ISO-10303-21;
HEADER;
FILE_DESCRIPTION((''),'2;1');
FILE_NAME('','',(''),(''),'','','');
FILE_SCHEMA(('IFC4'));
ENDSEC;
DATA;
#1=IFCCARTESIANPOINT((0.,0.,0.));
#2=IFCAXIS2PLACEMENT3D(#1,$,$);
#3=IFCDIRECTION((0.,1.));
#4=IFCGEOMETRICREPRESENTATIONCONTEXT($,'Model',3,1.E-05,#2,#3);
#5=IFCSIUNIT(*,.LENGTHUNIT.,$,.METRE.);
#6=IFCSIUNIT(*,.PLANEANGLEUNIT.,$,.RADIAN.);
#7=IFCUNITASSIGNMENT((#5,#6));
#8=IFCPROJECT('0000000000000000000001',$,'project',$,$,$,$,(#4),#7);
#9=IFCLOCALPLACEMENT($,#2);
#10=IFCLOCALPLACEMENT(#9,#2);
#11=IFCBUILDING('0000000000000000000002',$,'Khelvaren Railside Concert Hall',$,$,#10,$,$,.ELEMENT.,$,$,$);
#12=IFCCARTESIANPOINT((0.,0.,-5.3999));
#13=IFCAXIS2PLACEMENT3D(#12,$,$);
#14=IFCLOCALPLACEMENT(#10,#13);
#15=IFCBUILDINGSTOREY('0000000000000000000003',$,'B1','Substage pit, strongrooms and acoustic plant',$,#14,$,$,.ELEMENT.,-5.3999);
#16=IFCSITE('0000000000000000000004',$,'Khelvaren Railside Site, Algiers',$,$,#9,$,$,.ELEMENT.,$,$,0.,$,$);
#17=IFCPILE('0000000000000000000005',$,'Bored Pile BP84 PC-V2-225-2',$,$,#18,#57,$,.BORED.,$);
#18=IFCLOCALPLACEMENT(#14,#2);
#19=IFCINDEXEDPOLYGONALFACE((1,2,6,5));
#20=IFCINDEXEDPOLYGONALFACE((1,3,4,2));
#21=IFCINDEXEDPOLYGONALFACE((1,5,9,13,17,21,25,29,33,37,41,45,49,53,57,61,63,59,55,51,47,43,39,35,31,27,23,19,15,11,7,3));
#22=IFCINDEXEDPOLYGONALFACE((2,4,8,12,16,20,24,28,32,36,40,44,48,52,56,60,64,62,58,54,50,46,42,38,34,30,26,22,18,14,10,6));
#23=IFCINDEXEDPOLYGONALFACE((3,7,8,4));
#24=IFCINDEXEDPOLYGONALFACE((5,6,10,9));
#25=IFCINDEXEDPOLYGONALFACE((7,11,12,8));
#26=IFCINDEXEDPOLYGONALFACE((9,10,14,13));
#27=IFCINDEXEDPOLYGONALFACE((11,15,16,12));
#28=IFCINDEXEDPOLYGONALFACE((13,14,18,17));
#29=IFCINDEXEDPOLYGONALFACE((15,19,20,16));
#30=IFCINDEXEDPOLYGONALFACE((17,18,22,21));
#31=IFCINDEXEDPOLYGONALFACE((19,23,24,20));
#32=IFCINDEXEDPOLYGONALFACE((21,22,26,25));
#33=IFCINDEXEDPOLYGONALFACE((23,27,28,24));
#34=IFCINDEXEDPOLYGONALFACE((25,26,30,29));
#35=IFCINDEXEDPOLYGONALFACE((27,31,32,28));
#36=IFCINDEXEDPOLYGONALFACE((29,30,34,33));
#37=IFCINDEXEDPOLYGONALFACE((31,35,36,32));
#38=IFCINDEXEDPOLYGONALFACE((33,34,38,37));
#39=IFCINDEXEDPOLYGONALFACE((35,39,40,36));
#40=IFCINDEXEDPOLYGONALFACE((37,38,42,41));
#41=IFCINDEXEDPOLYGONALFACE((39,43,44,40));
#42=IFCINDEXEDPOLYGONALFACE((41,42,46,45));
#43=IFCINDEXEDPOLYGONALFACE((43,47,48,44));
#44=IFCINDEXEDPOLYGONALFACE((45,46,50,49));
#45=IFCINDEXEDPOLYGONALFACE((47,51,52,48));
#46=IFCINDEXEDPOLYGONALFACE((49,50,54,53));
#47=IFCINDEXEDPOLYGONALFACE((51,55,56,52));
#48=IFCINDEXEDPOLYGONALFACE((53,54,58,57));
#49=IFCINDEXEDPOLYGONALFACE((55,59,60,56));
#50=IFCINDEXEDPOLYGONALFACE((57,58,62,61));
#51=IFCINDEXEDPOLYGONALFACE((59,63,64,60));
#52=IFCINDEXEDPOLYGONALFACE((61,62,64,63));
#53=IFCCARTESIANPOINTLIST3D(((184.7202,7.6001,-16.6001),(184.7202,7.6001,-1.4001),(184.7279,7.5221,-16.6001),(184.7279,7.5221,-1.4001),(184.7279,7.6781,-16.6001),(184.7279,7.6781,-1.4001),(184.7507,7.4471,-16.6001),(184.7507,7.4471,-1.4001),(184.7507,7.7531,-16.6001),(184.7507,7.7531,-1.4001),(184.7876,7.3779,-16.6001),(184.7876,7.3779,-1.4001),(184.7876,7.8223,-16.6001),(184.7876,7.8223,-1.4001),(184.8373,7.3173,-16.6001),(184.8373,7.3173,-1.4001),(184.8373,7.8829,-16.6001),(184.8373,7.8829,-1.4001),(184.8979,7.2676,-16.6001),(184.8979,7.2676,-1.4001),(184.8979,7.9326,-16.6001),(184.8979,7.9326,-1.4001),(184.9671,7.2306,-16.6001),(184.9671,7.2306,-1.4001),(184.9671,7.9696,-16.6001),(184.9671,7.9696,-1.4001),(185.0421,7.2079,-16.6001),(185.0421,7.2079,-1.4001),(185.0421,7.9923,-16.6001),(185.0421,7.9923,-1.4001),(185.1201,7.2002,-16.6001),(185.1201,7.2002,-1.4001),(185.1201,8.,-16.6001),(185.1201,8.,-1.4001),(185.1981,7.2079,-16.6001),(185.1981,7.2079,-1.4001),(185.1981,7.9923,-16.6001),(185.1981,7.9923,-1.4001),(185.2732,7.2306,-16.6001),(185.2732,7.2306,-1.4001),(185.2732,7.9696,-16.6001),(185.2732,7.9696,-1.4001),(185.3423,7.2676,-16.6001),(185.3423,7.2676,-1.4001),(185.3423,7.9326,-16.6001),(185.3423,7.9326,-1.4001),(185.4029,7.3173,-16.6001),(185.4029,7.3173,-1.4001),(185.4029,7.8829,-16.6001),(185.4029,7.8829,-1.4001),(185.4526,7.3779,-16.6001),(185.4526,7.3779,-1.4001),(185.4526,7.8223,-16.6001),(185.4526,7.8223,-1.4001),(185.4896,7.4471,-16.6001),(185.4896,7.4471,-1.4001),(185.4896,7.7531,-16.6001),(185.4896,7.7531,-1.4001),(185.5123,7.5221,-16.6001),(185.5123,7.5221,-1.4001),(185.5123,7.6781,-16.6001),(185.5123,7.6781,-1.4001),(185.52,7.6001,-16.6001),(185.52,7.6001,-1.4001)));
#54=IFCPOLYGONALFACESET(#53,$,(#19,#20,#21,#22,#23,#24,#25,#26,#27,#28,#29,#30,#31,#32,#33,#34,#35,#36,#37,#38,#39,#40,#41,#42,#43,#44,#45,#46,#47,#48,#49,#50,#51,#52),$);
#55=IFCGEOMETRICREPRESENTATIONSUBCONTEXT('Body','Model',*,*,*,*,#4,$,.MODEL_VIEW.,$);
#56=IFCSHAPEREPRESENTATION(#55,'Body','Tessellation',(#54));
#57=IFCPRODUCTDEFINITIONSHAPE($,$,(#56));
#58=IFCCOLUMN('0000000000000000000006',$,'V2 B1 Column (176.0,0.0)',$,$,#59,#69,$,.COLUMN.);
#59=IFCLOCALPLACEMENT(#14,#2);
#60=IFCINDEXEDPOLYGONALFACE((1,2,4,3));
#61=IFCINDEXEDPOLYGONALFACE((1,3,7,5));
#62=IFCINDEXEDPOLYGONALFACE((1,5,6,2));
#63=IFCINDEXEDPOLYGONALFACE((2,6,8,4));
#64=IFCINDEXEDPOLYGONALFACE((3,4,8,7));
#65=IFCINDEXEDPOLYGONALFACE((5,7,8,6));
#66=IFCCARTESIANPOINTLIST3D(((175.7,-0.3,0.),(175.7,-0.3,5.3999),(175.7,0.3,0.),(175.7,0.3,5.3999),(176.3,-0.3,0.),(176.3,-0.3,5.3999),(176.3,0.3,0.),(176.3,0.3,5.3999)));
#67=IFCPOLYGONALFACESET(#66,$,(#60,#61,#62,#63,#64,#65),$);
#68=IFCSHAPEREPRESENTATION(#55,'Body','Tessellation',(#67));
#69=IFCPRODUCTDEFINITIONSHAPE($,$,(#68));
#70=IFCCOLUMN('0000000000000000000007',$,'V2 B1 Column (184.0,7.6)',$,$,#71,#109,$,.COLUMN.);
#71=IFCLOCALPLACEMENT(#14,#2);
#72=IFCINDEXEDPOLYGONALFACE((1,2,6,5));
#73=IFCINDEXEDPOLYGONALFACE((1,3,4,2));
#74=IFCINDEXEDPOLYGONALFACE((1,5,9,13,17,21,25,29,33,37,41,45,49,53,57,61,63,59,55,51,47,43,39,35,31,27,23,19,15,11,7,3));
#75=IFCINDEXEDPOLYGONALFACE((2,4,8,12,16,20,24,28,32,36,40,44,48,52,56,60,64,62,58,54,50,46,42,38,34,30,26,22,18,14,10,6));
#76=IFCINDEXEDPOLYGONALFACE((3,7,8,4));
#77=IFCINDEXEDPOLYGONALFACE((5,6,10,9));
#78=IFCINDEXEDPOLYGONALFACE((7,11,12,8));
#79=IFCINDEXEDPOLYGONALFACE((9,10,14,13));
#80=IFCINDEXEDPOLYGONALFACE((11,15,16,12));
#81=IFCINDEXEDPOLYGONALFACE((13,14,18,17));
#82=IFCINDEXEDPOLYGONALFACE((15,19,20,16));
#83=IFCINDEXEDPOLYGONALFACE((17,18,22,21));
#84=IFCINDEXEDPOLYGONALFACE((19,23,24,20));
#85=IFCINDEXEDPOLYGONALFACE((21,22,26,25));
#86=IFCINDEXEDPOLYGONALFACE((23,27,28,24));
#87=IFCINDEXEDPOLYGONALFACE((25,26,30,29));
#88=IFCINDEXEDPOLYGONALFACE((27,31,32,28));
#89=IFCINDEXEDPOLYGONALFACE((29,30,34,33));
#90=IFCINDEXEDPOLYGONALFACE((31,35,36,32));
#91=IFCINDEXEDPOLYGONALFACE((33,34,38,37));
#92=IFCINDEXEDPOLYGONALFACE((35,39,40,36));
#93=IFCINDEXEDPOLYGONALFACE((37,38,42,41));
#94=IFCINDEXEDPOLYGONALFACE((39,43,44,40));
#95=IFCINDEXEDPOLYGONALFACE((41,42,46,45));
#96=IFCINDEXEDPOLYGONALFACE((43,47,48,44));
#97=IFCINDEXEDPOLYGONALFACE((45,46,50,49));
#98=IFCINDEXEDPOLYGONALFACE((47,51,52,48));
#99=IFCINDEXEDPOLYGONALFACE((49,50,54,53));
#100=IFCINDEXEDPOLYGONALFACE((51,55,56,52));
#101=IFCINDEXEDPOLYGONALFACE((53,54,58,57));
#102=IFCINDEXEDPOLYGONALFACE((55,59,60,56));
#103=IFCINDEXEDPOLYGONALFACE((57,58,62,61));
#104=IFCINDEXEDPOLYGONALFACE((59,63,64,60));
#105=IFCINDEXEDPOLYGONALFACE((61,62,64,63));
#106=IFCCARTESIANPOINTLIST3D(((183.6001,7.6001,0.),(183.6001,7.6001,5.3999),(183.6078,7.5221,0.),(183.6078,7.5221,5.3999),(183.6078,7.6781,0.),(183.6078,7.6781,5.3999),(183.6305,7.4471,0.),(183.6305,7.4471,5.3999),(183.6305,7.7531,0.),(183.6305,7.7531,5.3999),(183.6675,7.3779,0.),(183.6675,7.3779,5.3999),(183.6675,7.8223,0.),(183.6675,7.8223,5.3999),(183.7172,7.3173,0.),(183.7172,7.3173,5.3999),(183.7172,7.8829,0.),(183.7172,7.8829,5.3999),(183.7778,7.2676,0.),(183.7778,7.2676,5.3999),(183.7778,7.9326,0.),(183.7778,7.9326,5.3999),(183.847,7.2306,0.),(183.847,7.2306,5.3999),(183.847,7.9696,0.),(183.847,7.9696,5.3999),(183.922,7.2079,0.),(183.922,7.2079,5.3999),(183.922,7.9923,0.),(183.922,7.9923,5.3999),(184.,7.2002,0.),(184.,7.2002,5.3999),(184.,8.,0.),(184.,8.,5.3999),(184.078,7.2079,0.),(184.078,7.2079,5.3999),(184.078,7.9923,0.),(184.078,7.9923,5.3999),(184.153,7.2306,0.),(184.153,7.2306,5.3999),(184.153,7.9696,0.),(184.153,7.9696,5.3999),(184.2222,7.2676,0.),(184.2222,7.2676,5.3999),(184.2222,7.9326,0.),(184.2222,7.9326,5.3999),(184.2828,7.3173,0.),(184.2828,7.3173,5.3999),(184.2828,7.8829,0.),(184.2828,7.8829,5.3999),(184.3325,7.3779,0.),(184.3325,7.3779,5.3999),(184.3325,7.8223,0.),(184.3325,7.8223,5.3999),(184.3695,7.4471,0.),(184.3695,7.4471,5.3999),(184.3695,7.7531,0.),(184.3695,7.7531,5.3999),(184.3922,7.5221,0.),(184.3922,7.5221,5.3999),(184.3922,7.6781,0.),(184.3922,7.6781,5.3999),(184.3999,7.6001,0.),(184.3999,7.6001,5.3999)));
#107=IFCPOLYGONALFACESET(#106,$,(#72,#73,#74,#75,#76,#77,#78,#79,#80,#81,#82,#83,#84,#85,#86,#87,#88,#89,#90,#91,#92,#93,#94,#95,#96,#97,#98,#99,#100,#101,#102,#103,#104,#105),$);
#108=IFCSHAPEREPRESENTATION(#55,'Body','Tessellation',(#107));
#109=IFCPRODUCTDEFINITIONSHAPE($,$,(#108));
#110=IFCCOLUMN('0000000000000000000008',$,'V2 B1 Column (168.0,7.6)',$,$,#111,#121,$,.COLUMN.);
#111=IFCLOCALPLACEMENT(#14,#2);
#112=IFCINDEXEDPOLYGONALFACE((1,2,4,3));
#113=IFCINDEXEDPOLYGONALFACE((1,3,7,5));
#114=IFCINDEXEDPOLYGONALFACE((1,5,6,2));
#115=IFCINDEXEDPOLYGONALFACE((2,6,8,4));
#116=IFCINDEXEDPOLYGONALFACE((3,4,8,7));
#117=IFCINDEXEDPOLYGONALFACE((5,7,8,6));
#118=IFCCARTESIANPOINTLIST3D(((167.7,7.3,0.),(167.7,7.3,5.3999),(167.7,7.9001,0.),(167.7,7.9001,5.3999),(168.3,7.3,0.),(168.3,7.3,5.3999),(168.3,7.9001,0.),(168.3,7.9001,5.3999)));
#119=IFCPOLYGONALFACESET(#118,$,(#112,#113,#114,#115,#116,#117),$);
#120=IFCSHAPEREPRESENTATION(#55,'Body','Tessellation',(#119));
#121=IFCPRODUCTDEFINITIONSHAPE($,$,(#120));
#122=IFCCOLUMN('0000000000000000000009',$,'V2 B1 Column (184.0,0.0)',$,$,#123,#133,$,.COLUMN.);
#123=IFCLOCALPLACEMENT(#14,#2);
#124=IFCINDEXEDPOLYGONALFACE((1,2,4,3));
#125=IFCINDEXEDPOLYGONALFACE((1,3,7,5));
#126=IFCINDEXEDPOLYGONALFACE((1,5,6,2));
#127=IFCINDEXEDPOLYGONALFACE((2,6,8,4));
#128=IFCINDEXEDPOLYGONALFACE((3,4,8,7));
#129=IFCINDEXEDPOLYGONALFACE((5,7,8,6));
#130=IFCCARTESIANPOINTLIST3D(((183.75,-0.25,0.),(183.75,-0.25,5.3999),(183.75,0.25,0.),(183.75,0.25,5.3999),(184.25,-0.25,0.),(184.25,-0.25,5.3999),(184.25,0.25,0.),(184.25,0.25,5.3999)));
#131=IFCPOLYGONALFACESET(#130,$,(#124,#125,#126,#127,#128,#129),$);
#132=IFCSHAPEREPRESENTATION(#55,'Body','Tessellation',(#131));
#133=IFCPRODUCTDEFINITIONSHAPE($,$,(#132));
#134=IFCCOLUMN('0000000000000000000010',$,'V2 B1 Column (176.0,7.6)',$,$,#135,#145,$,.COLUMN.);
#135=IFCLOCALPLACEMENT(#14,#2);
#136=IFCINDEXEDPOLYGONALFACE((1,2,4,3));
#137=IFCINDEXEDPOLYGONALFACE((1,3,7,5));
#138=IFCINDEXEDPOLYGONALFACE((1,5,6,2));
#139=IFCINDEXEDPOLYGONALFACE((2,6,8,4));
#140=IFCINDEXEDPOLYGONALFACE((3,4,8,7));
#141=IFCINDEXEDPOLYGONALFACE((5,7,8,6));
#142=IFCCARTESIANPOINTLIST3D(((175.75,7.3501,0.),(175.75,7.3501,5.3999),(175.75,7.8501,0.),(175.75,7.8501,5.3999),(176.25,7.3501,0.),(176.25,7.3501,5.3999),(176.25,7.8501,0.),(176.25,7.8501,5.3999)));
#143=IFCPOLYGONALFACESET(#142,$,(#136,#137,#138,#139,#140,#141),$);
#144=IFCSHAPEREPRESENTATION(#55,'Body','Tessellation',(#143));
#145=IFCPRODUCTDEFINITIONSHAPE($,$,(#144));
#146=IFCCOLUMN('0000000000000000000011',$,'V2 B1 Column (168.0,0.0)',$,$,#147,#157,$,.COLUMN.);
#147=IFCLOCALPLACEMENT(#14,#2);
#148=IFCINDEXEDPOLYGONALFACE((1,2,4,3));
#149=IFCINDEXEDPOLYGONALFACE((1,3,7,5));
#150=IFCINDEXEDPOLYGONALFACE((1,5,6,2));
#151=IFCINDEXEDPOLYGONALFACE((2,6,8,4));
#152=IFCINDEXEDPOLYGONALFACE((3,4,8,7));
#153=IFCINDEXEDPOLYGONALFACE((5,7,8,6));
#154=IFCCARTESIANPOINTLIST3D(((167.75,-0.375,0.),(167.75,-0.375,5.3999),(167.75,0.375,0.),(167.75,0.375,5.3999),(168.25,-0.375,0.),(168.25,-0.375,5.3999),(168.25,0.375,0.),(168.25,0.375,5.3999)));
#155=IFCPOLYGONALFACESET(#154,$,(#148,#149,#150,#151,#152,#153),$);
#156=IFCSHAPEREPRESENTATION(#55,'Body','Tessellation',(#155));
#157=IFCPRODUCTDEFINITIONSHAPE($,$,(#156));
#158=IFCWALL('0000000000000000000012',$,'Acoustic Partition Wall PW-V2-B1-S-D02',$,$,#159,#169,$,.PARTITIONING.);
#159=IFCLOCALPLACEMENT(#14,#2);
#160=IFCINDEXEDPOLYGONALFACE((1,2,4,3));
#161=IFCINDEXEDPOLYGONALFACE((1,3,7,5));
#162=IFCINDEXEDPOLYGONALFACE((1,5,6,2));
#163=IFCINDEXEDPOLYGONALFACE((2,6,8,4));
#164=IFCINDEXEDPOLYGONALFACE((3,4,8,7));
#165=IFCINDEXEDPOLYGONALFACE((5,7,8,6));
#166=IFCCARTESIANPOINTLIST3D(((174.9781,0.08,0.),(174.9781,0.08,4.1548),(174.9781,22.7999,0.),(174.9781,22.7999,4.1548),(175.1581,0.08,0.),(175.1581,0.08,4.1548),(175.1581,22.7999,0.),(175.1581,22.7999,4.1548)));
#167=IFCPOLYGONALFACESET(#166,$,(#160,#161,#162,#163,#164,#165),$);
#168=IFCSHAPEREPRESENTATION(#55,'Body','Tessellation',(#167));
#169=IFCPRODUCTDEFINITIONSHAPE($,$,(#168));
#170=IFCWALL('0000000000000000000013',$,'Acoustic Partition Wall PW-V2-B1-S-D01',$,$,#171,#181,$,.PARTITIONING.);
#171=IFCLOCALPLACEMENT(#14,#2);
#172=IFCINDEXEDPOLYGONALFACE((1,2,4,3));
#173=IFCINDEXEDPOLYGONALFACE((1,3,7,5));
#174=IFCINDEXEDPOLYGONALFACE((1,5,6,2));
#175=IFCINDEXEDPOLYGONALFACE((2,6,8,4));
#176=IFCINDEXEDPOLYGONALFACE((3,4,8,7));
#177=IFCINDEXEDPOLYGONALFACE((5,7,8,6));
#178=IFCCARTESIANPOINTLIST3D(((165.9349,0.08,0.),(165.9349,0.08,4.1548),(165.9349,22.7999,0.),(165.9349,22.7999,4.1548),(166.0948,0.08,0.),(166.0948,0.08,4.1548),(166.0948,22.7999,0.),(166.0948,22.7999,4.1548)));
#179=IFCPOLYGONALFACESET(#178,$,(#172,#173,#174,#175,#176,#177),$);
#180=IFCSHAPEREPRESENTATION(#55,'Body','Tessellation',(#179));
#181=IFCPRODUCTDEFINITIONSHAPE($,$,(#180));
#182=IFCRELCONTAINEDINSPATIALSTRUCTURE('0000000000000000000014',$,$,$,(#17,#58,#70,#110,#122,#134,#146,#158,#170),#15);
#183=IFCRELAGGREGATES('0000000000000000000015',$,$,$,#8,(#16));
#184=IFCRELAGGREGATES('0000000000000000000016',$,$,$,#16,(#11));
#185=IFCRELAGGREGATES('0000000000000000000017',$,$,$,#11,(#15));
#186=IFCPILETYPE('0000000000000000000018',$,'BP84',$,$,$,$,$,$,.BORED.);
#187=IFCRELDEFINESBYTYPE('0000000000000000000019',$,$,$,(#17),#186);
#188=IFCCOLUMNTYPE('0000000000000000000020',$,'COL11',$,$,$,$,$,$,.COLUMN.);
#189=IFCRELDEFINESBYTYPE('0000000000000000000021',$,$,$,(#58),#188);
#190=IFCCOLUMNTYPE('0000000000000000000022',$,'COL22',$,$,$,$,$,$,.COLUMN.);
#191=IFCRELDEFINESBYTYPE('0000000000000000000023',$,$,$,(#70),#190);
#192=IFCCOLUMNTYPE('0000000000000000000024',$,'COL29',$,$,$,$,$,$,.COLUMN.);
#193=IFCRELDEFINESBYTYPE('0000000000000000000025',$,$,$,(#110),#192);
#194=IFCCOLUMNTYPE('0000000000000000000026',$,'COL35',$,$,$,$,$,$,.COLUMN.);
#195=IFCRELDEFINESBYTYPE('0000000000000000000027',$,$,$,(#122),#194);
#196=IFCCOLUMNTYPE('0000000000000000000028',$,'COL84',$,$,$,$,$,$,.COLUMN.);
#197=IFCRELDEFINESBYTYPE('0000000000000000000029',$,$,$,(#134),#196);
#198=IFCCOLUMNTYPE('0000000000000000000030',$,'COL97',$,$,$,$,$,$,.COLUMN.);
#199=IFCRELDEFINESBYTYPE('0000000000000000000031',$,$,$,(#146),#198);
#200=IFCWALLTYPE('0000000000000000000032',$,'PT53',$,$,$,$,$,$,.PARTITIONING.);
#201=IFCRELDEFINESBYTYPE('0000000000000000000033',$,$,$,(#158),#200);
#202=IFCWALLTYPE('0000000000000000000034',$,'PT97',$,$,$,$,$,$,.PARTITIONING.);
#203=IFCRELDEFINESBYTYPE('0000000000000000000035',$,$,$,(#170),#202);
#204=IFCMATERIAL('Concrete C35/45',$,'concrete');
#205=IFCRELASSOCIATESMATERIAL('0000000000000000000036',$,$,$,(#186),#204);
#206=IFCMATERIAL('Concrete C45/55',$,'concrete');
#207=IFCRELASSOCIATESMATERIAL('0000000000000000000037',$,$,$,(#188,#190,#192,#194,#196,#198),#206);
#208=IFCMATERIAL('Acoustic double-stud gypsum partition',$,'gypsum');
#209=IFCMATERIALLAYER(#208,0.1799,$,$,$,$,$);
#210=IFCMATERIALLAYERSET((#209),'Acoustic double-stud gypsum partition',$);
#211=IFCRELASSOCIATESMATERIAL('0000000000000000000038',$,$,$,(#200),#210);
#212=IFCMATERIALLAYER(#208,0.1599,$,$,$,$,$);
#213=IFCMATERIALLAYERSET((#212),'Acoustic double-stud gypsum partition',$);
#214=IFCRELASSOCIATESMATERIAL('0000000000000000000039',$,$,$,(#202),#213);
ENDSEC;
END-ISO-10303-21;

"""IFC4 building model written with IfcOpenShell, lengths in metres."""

from ifc_helpers import new_model, si_unit, direction, frame, frame_2d, origin, origin_2d, place, context, subcontext, project, spatial, rectangle, circle, extrude, material, layer, layer_set, material_profile, profile_set, type_object, element, save


model = new_model("IFC4")

# Units and contexts
model_context = context("Model", 3, precision=1e-05, world=origin(), true_north=direction((0.0, 1.0)))
body_context = subcontext(model_context, "Body", "Model", "MODEL_VIEW")
ifc_project = project(units=[si_unit("LENGTHUNIT", "METRE"), si_unit("PLANEANGLEUNIT", "RADIAN")], contexts=[model_context])

# Site, building, storey
site_placement = place(None, origin())
site = spatial("IfcSite", under=ifc_project, at=site_placement, Name="Khelvaren Railside Site, Algiers", CompositionType="ELEMENT", RefElevation=0.0)
building_placement = place(site_placement, origin())
building = spatial("IfcBuilding", under=site, at=building_placement, Name="Khelvaren Railside Concert Hall", CompositionType="ELEMENT")
storey_placement = place(building_placement, frame((0.0, 0.0, -5.3999)))
storey = spatial("IfcBuildingStorey", under=building, at=storey_placement, Name="B1", Description="Substage pit, strongrooms and acoustic plant", CompositionType="ELEMENT", Elevation=-5.3999)

# Pile
ifc_material_1 = material(Name="Concrete C35/45", Category="concrete")
ifc_material_profile_1 = material_profile(ifc_material_1, circle(Radius=0.3999, at=origin_2d()), Name="BP D800")
ifc_profile_set_1 = profile_set([ifc_material_profile_1], Name="Concrete C35/45")
pile_type_1 = type_object("IfcPileType", Name="BP84", PredefinedType="BORED", material=ifc_profile_set_1)
for number, where, z_axis, x_axis, name in (
    (1, (185.1201, 7.6001, -1.4001), (0.0, 0.0, -1.0), (1.0, 0.0, 0.0), "Bored Pile BP84 PC-V2-225-2"),
):
    element("IfcPile", number, at=place(storey_placement, frame(where, z_axis=z_axis, x_axis=x_axis)), inside=storey, type_object=pile_type_1, Name=name, PredefinedType="BORED", context=body_context, shape_type="SweptSolid", body=[
        extrude(circle(Radius=0.3999, at=origin_2d()), origin(), (0.0, 0.0, 1.0), 15.2),
    ])

# Columns
ifc_material_2 = material(Name="Concrete C45/55", Category="concrete")
ifc_material_profile_2 = material_profile(ifc_material_2, rectangle(XDim=0.6001, YDim=0.6001, at=origin_2d()), Name="RC 600x600")
ifc_profile_set_2 = profile_set([ifc_material_profile_2], Name="Concrete C45/55")
column_type_1 = type_object("IfcColumnType", Name="COL11", PredefinedType="COLUMN", material=ifc_profile_set_2)
column_1_placement = place(storey_placement, frame((176.0, 0.0, 0.0), z_axis=(0.0, 0.0, 1.0), x_axis=(1.0, 0.0, 0.0)))
element("IfcColumn", 2, at=column_1_placement, inside=storey, type_object=column_type_1, Name="V2 B1 Column (176.0,0.0)", PredefinedType="COLUMN", context=body_context, shape_type="SweptSolid", body=[
    extrude(rectangle(XDim=0.6001, YDim=0.6001, at=origin_2d()), origin(), (0.0, 0.0, 1.0), 5.3999),
])
ifc_material_profile_3 = material_profile(ifc_material_2, circle(Radius=0.3999, at=origin_2d()), Name="RC D800")
ifc_profile_set_3 = profile_set([ifc_material_profile_3], Name="Concrete C45/55")
column_type_2 = type_object("IfcColumnType", Name="COL22", PredefinedType="COLUMN", material=ifc_profile_set_3)
column_2_placement = place(storey_placement, frame((184.0, 7.6001, 0.0), z_axis=(0.0, 0.0, 1.0), x_axis=(1.0, 0.0, 0.0)))
element("IfcColumn", 3, at=column_2_placement, inside=storey, type_object=column_type_2, Name="V2 B1 Column (184.0,7.6)", PredefinedType="COLUMN", context=body_context, shape_type="SweptSolid", body=[
    extrude(circle(Radius=0.3999, at=origin_2d()), origin(), (0.0, 0.0, 1.0), 5.3999),
])
ifc_material_profile_4 = material_profile(ifc_material_2, rectangle(XDim=0.6001, YDim=0.6001, at=origin_2d()), Name="RC 600x600")
ifc_profile_set_4 = profile_set([ifc_material_profile_4], Name="Concrete C45/55")
column_type_3 = type_object("IfcColumnType", Name="COL29", PredefinedType="COLUMN", material=ifc_profile_set_4)
column_3_placement = place(storey_placement, frame((168.0, 7.6001, 0.0), z_axis=(0.0, 0.0, 1.0), x_axis=(1.0, 0.0, 0.0)))
element("IfcColumn", 4, at=column_3_placement, inside=storey, type_object=column_type_3, Name="V2 B1 Column (168.0,7.6)", PredefinedType="COLUMN", context=body_context, shape_type="SweptSolid", body=[
    extrude(rectangle(XDim=0.6001, YDim=0.6001, at=origin_2d()), origin(), (0.0, 0.0, 1.0), 5.3999),
])
ifc_material_profile_5 = material_profile(ifc_material_2, rectangle(XDim=0.5, YDim=0.5, at=origin_2d()), Name="RC 500x500")
ifc_profile_set_5 = profile_set([ifc_material_profile_5], Name="Concrete C45/55")
column_type_4 = type_object("IfcColumnType", Name="COL35", PredefinedType="COLUMN", material=ifc_profile_set_5)
column_4_placement = place(storey_placement, frame((184.0, 0.0, 0.0), z_axis=(0.0, 0.0, 1.0), x_axis=(1.0, 0.0, 0.0)))
element("IfcColumn", 5, at=column_4_placement, inside=storey, type_object=column_type_4, Name="V2 B1 Column (184.0,0.0)", PredefinedType="COLUMN", context=body_context, shape_type="SweptSolid", body=[
    extrude(rectangle(XDim=0.5, YDim=0.5, at=origin_2d()), origin(), (0.0, 0.0, 1.0), 5.3999),
])
ifc_material_profile_6 = material_profile(ifc_material_2, rectangle(XDim=0.5, YDim=0.5, at=origin_2d()), Name="RC 500x500")
ifc_profile_set_6 = profile_set([ifc_material_profile_6], Name="Concrete C45/55")
column_type_5 = type_object("IfcColumnType", Name="COL84", PredefinedType="COLUMN", material=ifc_profile_set_6)
column_5_placement = place(storey_placement, frame((176.0, 7.6001, 0.0), z_axis=(0.0, 0.0, 1.0), x_axis=(1.0, 0.0, 0.0)))
element("IfcColumn", 6, at=column_5_placement, inside=storey, type_object=column_type_5, Name="V2 B1 Column (176.0,7.6)", PredefinedType="COLUMN", context=body_context, shape_type="SweptSolid", body=[
    extrude(rectangle(XDim=0.5, YDim=0.5, at=origin_2d()), origin(), (0.0, 0.0, 1.0), 5.3999),
])
ifc_material_profile_7 = material_profile(ifc_material_2, rectangle(XDim=0.5, YDim=0.75, at=origin_2d()), Name="RC 500x750")
ifc_profile_set_7 = profile_set([ifc_material_profile_7], Name="Concrete C45/55")
column_type_6 = type_object("IfcColumnType", Name="COL97", PredefinedType="COLUMN", material=ifc_profile_set_7)
column_6_placement = place(storey_placement, frame((168.0, 0.0, 0.0), z_axis=(0.0, 0.0, 1.0), x_axis=(1.0, 0.0, 0.0)))
element("IfcColumn", 7, at=column_6_placement, inside=storey, type_object=column_type_6, Name="V2 B1 Column (168.0,0.0)", PredefinedType="COLUMN", context=body_context, shape_type="SweptSolid", body=[
    extrude(rectangle(XDim=0.5, YDim=0.75, at=origin_2d()), origin(), (0.0, 0.0, 1.0), 5.3999),
])

# Walls
ifc_material_3 = material(Name="Acoustic double-stud gypsum partition", Category="gypsum")
ifc_layer_1 = layer(ifc_material_3, 0.1799)
ifc_layer_set_1 = layer_set([ifc_layer_1], Name="Acoustic double-stud gypsum partition")
wall_type_1 = type_object("IfcWallType", Name="PT53", PredefinedType="PARTITIONING", material=ifc_layer_set_1)
wall_1_placement = place(storey_placement, frame((175.0681, 0.0801, 0.0), z_axis=(0.0, 0.0, 1.0), x_axis=(0.0, 1.0, 0.0)))
element("IfcWall", 8, at=wall_1_placement, inside=storey, type_object=wall_type_1, Name="Acoustic Partition Wall PW-V2-B1-S-D02", PredefinedType="PARTITIONING", context=body_context, shape_type="SweptSolid", body=[
    extrude(rectangle(XDim=22.72, YDim=0.1799, at=frame_2d((11.3599, 0.0))), origin(), (0.0, 0.0, 1.0), 4.1548),
])
ifc_layer_2 = layer(ifc_material_3, 0.1599)
ifc_layer_set_2 = layer_set([ifc_layer_2], Name="Acoustic double-stud gypsum partition")
wall_type_2 = type_object("IfcWallType", Name="PT97", PredefinedType="PARTITIONING", material=ifc_layer_set_2)
wall_2_placement = place(storey_placement, frame((166.0149, 0.0801, 0.0), z_axis=(0.0, 0.0, 1.0), x_axis=(0.0, 1.0, 0.0)))
element("IfcWall", 9, at=wall_2_placement, inside=storey, type_object=wall_type_2, Name="Acoustic Partition Wall PW-V2-B1-S-D01", PredefinedType="PARTITIONING", context=body_context, shape_type="SweptSolid", body=[
    extrude(rectangle(XDim=22.72, YDim=0.1599, at=frame_2d((11.3599, 0.0))), origin(), (0.0, 0.0, 1.0), 4.1548),
])

save(model, "model.ifc")
